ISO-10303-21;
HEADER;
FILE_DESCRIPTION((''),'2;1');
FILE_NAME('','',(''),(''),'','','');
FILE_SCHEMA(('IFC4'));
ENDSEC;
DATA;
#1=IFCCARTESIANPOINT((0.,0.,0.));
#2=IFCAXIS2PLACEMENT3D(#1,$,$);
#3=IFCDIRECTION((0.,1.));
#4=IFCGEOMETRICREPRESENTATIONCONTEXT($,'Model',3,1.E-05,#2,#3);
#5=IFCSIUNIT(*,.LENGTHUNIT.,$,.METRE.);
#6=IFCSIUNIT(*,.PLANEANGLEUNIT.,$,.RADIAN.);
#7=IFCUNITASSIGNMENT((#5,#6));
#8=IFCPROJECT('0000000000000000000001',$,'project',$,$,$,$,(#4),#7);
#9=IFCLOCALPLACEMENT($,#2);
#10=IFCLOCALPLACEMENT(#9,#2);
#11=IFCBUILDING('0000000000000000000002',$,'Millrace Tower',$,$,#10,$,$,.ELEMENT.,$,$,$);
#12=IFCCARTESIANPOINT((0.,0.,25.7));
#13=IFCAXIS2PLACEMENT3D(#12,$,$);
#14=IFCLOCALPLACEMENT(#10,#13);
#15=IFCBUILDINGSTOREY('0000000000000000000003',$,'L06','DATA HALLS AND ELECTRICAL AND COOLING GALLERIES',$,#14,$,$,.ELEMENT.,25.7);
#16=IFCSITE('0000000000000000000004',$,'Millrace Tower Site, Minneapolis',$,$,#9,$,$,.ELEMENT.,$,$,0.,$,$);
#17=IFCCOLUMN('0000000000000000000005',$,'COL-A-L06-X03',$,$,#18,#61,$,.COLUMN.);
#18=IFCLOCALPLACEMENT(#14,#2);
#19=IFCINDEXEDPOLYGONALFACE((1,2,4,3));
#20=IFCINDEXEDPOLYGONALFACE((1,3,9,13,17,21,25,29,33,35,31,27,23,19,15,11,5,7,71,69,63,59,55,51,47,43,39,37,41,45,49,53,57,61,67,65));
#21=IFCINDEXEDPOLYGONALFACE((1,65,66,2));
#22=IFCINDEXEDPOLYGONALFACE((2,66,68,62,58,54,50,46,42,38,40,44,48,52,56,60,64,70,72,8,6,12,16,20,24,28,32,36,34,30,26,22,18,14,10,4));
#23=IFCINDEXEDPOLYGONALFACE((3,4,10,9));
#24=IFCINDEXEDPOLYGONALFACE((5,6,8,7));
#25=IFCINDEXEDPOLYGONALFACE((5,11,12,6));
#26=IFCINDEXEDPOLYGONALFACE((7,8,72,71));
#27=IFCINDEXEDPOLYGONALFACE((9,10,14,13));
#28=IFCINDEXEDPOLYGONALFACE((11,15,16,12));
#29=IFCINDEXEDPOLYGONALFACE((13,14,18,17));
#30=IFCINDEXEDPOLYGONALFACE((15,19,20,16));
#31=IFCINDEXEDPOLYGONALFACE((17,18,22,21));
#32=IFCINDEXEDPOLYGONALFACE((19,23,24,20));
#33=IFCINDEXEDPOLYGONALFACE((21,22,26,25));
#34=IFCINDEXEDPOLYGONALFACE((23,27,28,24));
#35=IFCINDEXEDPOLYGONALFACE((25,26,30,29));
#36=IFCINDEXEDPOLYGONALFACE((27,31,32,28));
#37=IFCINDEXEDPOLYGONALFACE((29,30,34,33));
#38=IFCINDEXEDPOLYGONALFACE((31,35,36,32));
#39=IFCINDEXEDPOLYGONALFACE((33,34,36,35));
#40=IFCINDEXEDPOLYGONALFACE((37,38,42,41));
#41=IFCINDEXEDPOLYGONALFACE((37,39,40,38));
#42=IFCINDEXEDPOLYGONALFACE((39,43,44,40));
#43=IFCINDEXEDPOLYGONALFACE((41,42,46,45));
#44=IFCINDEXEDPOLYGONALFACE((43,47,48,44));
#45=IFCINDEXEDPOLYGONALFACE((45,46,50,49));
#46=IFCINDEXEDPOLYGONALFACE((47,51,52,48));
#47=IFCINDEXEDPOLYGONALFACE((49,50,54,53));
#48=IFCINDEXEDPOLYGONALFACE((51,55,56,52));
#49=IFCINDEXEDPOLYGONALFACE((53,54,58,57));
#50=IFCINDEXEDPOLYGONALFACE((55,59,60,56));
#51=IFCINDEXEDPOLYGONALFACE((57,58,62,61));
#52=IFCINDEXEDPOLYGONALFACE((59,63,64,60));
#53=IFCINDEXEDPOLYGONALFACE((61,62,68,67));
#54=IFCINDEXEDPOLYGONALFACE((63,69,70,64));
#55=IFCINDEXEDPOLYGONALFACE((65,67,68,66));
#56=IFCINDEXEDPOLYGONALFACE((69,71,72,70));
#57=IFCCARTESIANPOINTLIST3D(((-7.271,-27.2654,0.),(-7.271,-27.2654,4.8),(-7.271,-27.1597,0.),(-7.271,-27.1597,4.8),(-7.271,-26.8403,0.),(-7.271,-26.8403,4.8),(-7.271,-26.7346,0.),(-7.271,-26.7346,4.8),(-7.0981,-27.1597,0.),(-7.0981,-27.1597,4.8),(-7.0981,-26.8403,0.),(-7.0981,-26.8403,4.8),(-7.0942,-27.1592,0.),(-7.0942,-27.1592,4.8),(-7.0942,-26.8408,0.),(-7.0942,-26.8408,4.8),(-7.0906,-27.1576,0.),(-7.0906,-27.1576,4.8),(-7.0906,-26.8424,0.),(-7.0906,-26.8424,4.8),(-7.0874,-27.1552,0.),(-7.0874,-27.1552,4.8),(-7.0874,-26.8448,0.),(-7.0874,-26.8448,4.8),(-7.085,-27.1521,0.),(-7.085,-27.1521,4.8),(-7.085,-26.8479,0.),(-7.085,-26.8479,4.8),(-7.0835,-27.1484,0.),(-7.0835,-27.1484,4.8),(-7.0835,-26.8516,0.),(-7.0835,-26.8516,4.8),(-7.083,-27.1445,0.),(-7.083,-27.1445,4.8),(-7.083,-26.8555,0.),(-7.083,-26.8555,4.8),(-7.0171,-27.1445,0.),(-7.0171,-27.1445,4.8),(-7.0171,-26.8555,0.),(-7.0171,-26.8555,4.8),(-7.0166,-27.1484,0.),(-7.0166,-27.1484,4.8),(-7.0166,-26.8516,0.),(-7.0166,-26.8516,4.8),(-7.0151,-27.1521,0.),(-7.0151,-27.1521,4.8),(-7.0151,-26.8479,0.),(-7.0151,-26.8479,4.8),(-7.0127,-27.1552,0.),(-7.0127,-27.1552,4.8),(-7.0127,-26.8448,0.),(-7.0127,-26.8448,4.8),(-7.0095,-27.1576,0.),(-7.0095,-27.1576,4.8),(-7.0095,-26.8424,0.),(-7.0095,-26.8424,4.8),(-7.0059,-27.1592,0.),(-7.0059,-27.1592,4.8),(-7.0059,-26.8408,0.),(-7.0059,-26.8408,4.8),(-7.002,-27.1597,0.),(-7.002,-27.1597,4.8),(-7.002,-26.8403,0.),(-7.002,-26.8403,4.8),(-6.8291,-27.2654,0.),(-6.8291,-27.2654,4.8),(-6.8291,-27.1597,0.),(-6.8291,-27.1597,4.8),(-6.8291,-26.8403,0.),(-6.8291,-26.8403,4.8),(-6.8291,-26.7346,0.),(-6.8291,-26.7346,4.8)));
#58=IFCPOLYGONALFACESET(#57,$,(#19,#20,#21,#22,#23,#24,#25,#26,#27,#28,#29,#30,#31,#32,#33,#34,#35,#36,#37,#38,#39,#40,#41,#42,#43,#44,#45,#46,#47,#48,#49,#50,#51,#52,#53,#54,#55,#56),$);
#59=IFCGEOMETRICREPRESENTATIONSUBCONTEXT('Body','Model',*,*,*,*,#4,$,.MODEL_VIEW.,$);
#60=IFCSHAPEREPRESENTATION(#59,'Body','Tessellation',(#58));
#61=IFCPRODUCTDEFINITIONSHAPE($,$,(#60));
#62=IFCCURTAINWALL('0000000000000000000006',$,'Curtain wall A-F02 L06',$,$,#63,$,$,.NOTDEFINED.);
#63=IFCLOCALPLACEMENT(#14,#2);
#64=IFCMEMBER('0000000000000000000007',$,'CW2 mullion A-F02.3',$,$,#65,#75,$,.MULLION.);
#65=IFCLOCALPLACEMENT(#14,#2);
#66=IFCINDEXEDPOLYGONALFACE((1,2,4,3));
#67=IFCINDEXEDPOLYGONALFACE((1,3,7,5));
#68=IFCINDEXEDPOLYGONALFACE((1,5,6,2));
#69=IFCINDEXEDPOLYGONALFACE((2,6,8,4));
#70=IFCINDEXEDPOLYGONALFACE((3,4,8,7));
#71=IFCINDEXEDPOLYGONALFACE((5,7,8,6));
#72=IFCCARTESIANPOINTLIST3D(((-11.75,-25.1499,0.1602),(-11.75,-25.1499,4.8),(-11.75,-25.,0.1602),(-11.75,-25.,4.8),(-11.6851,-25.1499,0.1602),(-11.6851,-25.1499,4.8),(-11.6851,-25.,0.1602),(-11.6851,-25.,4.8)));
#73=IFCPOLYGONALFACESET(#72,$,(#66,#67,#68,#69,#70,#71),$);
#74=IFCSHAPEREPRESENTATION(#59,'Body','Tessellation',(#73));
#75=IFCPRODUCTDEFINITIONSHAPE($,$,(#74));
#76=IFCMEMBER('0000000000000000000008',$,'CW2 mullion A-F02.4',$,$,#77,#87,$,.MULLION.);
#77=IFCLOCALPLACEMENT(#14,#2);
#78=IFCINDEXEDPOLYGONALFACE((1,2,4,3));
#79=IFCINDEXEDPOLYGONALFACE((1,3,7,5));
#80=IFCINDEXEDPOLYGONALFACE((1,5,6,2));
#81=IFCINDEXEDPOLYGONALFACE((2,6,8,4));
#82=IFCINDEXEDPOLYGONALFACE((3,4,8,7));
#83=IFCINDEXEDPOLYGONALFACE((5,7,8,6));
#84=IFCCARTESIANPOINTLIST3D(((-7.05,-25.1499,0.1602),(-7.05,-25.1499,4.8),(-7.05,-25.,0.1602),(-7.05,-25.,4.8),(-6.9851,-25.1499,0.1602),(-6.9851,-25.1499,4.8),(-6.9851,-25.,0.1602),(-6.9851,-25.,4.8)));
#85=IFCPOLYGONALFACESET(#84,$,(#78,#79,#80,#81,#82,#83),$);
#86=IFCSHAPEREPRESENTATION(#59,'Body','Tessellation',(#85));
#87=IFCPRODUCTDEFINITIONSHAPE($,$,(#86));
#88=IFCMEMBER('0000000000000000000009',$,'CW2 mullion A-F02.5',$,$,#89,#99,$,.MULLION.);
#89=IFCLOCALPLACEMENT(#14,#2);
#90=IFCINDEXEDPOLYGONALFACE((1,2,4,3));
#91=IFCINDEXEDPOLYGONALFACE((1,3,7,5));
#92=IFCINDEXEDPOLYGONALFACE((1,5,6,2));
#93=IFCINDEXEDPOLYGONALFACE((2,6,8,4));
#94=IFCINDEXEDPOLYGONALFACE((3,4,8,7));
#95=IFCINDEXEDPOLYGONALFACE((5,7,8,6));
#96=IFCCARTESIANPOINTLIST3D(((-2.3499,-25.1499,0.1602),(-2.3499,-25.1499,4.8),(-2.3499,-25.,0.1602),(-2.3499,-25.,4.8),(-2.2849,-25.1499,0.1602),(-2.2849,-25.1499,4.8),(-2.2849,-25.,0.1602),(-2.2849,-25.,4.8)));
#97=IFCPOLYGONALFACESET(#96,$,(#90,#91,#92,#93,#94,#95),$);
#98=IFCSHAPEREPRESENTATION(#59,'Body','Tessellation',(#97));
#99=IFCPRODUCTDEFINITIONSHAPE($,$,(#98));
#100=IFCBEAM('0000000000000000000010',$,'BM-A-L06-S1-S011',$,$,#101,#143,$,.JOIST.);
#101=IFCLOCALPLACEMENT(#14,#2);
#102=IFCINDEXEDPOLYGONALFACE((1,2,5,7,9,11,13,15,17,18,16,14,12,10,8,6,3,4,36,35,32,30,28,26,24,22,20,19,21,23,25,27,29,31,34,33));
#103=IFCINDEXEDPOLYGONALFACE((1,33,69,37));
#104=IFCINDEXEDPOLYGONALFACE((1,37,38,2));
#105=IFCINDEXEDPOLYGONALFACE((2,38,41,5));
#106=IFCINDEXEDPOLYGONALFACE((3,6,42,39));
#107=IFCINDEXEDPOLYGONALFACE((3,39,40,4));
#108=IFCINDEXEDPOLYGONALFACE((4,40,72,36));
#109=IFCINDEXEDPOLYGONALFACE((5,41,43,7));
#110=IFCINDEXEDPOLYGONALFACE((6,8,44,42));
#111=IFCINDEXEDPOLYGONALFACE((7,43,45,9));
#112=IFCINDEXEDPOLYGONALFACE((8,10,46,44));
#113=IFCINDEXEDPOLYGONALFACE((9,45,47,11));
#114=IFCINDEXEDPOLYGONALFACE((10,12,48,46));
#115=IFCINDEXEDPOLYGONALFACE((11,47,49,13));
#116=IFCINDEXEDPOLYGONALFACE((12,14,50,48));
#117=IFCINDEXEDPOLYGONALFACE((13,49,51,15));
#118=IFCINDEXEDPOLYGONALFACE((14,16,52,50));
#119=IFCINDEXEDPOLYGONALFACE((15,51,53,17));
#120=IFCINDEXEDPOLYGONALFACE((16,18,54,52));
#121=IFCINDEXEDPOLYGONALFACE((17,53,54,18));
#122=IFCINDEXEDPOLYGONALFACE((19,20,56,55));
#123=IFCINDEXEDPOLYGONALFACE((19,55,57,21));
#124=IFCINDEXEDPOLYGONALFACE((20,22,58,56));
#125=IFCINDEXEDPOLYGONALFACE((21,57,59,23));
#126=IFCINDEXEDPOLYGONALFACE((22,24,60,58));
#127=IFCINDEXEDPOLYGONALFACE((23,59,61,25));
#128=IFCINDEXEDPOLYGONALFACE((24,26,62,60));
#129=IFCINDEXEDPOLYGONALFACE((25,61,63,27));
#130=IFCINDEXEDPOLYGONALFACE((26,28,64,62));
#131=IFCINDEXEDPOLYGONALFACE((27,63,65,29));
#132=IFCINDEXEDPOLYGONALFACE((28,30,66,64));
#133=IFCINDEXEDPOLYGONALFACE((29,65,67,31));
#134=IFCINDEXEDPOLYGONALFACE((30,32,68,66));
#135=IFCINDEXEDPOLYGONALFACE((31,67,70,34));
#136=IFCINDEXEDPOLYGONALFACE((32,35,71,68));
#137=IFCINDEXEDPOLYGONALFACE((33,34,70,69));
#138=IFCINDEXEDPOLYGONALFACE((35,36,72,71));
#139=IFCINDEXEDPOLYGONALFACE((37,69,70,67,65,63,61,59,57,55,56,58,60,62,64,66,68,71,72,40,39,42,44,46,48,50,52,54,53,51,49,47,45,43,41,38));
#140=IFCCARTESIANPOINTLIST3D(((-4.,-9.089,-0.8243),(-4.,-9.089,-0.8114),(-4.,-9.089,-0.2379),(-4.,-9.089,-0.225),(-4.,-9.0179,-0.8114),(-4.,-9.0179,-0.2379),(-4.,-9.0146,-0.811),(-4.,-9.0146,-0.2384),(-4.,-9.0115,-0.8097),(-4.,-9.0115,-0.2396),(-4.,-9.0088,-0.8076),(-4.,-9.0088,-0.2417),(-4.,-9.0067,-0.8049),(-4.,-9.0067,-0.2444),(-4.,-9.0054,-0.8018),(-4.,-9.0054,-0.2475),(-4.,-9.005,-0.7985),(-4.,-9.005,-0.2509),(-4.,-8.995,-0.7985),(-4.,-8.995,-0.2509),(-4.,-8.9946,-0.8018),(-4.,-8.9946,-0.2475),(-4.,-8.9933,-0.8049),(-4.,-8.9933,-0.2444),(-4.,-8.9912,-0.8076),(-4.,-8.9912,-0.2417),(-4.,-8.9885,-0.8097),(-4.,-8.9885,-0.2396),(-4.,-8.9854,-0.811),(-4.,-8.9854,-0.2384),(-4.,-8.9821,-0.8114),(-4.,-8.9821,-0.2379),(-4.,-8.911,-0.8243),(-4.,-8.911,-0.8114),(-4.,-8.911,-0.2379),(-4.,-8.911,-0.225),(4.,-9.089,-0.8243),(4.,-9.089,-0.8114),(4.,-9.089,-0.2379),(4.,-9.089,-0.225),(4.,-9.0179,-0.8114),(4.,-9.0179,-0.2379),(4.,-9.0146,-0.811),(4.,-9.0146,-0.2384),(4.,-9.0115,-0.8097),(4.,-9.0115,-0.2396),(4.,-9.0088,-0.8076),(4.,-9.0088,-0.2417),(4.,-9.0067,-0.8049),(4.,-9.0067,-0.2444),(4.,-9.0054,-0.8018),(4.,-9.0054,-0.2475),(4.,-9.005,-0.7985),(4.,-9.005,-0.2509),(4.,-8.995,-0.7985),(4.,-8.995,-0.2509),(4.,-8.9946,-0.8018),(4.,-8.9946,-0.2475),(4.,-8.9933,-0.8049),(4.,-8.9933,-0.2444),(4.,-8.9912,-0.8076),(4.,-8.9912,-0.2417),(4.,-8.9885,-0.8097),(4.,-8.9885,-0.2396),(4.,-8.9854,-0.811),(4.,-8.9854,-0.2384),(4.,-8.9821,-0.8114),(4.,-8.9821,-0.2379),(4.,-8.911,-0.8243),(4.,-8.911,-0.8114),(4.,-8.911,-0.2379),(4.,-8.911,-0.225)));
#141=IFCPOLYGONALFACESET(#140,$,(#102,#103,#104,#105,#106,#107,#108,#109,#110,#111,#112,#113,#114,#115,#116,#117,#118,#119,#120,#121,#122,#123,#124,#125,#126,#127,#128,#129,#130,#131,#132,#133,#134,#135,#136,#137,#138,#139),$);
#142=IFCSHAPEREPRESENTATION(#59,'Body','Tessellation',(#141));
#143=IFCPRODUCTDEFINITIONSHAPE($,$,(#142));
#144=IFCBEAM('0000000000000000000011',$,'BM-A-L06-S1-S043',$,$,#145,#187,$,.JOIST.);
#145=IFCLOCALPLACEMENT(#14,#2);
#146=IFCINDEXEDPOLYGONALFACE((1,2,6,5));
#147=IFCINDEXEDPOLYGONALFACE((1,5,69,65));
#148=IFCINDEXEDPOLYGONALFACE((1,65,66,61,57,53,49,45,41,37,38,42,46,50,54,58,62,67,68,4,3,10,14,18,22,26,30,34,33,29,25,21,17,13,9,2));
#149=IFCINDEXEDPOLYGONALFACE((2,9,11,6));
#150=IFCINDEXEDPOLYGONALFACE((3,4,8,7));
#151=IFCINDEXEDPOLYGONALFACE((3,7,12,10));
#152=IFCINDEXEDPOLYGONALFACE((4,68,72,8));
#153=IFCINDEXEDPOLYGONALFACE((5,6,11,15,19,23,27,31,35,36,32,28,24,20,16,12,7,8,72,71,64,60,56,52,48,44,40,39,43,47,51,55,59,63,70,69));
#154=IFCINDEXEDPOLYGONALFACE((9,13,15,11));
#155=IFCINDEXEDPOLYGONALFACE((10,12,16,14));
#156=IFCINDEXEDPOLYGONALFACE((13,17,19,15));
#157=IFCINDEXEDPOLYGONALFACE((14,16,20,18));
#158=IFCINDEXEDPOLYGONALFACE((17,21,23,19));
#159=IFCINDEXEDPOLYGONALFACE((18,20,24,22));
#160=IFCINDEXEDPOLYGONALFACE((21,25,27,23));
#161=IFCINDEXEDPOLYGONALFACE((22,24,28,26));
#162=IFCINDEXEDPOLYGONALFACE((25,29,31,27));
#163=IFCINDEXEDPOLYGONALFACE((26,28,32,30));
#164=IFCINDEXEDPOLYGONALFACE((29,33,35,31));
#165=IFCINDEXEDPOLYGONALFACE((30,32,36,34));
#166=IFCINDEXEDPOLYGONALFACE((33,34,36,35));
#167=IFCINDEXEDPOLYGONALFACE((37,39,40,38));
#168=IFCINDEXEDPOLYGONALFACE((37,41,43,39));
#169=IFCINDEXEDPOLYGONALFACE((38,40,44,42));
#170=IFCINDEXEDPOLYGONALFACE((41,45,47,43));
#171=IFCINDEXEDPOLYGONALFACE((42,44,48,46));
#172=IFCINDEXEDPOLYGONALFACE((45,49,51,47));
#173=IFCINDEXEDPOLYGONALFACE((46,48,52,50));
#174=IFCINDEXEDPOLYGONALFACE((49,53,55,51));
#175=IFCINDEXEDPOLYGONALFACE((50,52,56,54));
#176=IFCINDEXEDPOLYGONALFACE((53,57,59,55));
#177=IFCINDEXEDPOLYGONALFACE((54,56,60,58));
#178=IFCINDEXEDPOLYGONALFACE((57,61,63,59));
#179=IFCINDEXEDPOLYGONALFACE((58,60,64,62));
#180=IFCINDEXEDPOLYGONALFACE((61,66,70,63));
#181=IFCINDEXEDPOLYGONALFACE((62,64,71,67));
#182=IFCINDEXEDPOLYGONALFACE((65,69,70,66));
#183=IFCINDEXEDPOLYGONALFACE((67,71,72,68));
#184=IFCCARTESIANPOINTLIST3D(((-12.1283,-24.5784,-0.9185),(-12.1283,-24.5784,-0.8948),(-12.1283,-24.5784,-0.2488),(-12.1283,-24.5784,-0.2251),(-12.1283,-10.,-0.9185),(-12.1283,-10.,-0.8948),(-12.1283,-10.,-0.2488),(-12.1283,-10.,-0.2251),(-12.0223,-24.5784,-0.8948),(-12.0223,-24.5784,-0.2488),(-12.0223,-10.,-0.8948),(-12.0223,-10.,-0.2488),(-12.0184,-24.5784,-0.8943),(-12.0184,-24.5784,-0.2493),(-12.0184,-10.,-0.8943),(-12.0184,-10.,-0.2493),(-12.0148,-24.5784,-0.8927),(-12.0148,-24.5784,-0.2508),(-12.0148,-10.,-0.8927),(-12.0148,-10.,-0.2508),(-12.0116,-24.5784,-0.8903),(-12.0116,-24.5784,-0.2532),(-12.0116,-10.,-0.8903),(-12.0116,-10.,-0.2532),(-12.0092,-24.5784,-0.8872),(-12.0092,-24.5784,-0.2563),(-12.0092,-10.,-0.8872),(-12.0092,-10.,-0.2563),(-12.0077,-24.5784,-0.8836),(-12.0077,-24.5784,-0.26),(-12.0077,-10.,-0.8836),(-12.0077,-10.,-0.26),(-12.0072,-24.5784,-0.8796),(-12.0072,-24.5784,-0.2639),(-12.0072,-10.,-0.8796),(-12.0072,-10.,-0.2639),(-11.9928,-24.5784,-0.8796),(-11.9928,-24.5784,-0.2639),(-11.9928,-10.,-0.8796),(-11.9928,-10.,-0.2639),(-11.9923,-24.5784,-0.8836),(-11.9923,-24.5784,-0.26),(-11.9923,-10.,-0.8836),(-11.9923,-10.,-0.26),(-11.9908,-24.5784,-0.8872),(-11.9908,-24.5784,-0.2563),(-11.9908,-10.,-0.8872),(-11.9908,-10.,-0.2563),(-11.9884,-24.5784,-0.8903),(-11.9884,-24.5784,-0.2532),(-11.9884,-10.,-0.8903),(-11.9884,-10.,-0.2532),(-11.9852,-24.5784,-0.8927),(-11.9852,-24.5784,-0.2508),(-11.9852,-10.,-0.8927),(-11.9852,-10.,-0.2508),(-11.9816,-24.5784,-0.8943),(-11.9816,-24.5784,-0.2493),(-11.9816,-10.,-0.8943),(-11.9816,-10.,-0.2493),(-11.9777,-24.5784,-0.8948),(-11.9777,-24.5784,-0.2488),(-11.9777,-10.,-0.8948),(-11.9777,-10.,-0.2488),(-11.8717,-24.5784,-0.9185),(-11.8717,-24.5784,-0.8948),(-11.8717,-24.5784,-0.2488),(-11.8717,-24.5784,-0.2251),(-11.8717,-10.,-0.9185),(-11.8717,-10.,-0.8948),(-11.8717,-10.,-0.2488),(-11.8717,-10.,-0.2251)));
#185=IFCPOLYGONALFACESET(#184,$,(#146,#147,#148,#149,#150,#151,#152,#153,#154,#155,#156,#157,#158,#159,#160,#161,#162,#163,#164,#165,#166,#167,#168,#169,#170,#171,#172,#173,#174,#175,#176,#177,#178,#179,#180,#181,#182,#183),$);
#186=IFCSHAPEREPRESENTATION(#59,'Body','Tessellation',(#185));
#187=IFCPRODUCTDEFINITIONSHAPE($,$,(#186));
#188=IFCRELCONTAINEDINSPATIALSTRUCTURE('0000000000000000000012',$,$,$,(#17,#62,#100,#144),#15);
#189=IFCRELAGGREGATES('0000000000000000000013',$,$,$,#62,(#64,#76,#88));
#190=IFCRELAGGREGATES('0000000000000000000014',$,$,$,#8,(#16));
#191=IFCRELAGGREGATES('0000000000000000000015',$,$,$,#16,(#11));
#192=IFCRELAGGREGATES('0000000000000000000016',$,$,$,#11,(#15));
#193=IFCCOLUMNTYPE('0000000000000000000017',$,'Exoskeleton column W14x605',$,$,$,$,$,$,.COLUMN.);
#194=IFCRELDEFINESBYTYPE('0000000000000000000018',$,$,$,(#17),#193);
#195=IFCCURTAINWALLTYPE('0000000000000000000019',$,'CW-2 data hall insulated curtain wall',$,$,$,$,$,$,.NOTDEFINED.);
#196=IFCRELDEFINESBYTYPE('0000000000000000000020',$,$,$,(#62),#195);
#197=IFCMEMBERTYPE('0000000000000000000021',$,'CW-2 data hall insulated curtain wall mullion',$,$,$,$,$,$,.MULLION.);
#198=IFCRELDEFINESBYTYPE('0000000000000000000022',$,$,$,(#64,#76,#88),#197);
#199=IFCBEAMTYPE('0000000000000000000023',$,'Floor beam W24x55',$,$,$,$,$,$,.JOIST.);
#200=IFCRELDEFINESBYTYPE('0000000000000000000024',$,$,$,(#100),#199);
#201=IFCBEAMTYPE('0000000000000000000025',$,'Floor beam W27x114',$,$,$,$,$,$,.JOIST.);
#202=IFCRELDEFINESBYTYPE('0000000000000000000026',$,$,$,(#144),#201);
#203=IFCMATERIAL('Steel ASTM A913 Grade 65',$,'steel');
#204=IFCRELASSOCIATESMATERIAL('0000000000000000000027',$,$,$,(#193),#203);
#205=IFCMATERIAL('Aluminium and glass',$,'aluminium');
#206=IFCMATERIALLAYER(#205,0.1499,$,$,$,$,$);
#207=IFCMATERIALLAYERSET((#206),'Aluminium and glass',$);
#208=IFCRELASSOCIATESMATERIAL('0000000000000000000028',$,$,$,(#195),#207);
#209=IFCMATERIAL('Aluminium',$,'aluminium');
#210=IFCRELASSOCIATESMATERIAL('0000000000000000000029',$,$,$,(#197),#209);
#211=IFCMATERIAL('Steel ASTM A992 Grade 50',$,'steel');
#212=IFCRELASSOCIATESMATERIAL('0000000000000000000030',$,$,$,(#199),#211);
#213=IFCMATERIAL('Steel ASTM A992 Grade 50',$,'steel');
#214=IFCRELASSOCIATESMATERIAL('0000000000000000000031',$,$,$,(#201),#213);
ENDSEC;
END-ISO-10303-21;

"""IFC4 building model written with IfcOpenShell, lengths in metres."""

from ifc_helpers import new_model, si_unit, direction, frame, origin, origin_2d, place, context, subcontext, project, spatial, rectangle, i_section, extrude, material, layer, layer_set, material_profile, profile_set, type_object, element, aggregate, save


model = new_model("IFC4")

# Units and contexts
model_context = context("Model", 3, precision=1e-05, world=origin(), true_north=direction((0.0, 1.0)))
body_context = subcontext(model_context, "Body", "Model", "MODEL_VIEW")
ifc_project = project(units=[si_unit("LENGTHUNIT", "METRE"), si_unit("PLANEANGLEUNIT", "RADIAN")], contexts=[model_context])

# Site, building, storey
site_placement = place(None, origin())
site = spatial("IfcSite", under=ifc_project, at=site_placement, Name="Millrace Tower Site, Minneapolis", CompositionType="ELEMENT", RefElevation=0.0)
building_placement = place(site_placement, origin())
building = spatial("IfcBuilding", under=site, at=building_placement, Name="Millrace Tower", CompositionType="ELEMENT")
storey_placement = place(building_placement, frame((0.0, 0.0, 25.7)))
storey = spatial("IfcBuildingStorey", under=building, at=storey_placement, Name="L06", Description="DATA HALLS AND ELECTRICAL AND COOLING GALLERIES", CompositionType="ELEMENT", Elevation=25.7)

# Column
ifc_material_1 = material(Name="Steel ASTM A913 Grade 65", Category="steel")
ifc_material_profile_1 = material_profile(ifc_material_1, i_section(OverallWidth=0.4419, OverallDepth=0.5308, WebThickness=0.0659, FlangeThickness=0.1057, FilletRadius=0.0151, at=origin_2d()))
ifc_profile_set_1 = profile_set([ifc_material_profile_1], Name="Steel ASTM A913 Grade 65")
column_type = type_object("IfcColumnType", Name="Exoskeleton column W14x605", PredefinedType="COLUMN", material=ifc_profile_set_1)
column_placement = place(storey_placement, frame((-7.05, -27.0, 0.0), z_axis=(0.0, 0.0, 1.0), x_axis=(1.0, 0.0, 0.0)))
element("IfcColumn", 1, at=column_placement, inside=storey, type_object=column_type, Name="COL-A-L06-X03", PredefinedType="COLUMN", context=body_context, shape_type="SweptSolid", body=[
    extrude(i_section(OverallWidth=0.4419, OverallDepth=0.5308, WebThickness=0.0659, FlangeThickness=0.1057, FilletRadius=0.0151, at=origin_2d()), origin(), (0.0, 0.0, 1.0), 4.8),
])

# Curtain wall, members
ifc_material_2 = material(Name="Aluminium and glass", Category="aluminium")
ifc_layer_1 = layer(ifc_material_2, 0.1499)
ifc_layer_set_1 = layer_set([ifc_layer_1], Name="Aluminium and glass")
curtain_wall_type = type_object("IfcCurtainWallType", Name="CW-2 data hall insulated curtain wall", PredefinedType="NOTDEFINED", material=ifc_layer_set_1)
curtain_wall_placement = place(storey_placement, origin())
curtain_wall = element("IfcCurtainWall", 2, at=curtain_wall_placement, inside=storey, type_object=curtain_wall_type, Name="Curtain wall A-F02 L06", PredefinedType="NOTDEFINED")
ifc_material_3 = material(Name="Aluminium", Category="aluminium")
ifc_material_profile_2 = material_profile(ifc_material_3, rectangle(XDim=0.0649, YDim=0.1499, at=origin_2d()))
ifc_profile_set_2 = profile_set([ifc_material_profile_2], Name="Aluminium")
member_type = type_object("IfcMemberType", Name="CW-2 data hall insulated curtain wall mullion", PredefinedType="MULLION", material=ifc_profile_set_2)
member_1_placement = place(storey_placement, frame((-11.7175, -25.075, 0.1602), z_axis=(0.0, 0.0, 1.0), x_axis=(1.0, 0.0, 0.0)))
member_1 = element("IfcMember", 3, at=member_1_placement, type_object=member_type, Name="CW2 mullion A-F02.3", PredefinedType="MULLION", context=body_context, shape_type="SweptSolid", body=[
    extrude(rectangle(XDim=0.0649, YDim=0.1499, at=origin_2d()), origin(), (0.0, 0.0, 1.0), 4.6399),
])
member_2_placement = place(storey_placement, frame((-7.0176, -25.075, 0.1602), z_axis=(0.0, 0.0, 1.0), x_axis=(1.0, 0.0, 0.0)))
member_2 = element("IfcMember", 4, at=member_2_placement, type_object=member_type, Name="CW2 mullion A-F02.4", PredefinedType="MULLION", context=body_context, shape_type="SweptSolid", body=[
    extrude(rectangle(XDim=0.0649, YDim=0.1499, at=origin_2d()), origin(), (0.0, 0.0, 1.0), 4.6399),
])
member_3_placement = place(storey_placement, frame((-2.3174, -25.075, 0.1602), z_axis=(0.0, 0.0, 1.0), x_axis=(1.0, 0.0, 0.0)))
member_3 = element("IfcMember", 5, at=member_3_placement, type_object=member_type, Name="CW2 mullion A-F02.5", PredefinedType="MULLION", context=body_context, shape_type="SweptSolid", body=[
    extrude(rectangle(XDim=0.0649, YDim=0.1499, at=origin_2d()), origin(), (0.0, 0.0, 1.0), 4.6399),
])
aggregate(curtain_wall, [member_1, member_2, member_3])

# Beams
ifc_material_4 = material(Name="Steel ASTM A992 Grade 50", Category="steel")
ifc_material_profile_3 = material_profile(ifc_material_4, i_section(OverallWidth=0.178, OverallDepth=0.5994, WebThickness=0.01, FlangeThickness=0.0129, FilletRadius=0.0129, at=origin_2d()))
ifc_profile_set_3 = profile_set([ifc_material_profile_3], Name="Steel ASTM A992 Grade 50")
beam_type_1 = type_object("IfcBeamType", Name="Floor beam W24x55", PredefinedType="JOIST", material=ifc_profile_set_3)
beam_1_placement = place(storey_placement, frame((-4.0, -9.0, -0.5247), z_axis=(1.0, 0.0, 0.0), x_axis=(0.0, 1.0, 0.0)))
element("IfcBeam", 6, at=beam_1_placement, inside=storey, type_object=beam_type_1, Name="BM-A-L06-S1-S011", PredefinedType="JOIST", context=body_context, shape_type="SweptSolid", body=[
    extrude(i_section(OverallWidth=0.178, OverallDepth=0.5994, WebThickness=0.01, FlangeThickness=0.0129, FilletRadius=0.0129, at=origin_2d()), origin(), (0.0, 0.0, 1.0), 8.0),
])
ifc_material_5 = material(Name="Steel ASTM A992 Grade 50", Category="steel")
ifc_material_profile_4 = material_profile(ifc_material_5, i_section(OverallWidth=0.2566, OverallDepth=0.6934, WebThickness=0.0144, FlangeThickness=0.0237, FilletRadius=0.0151, at=origin_2d()))
ifc_profile_set_4 = profile_set([ifc_material_profile_4], Name="Steel ASTM A992 Grade 50")
beam_type_2 = type_object("IfcBeamType", Name="Floor beam W27x114", PredefinedType="JOIST", material=ifc_profile_set_4)
for number, where, z_axis, x_axis, name in (
    (7, (-12.0, -24.5784, -0.5718), (0.0, 1.0, 0.0), (-1.0, 0.0, 0.0), "BM-A-L06-S1-S043"),
):
    element("IfcBeam", number, at=place(storey_placement, frame(where, z_axis=z_axis, x_axis=x_axis)), inside=storey, type_object=beam_type_2, Name=name, PredefinedType="JOIST", context=body_context, shape_type="SweptSolid", body=[
        extrude(i_section(OverallWidth=0.2566, OverallDepth=0.6934, WebThickness=0.0144, FlangeThickness=0.0237, FilletRadius=0.0151, at=origin_2d()), origin(), (0.0, 0.0, 1.0), 14.5784),
    ])

save(model, "model.ifc")
